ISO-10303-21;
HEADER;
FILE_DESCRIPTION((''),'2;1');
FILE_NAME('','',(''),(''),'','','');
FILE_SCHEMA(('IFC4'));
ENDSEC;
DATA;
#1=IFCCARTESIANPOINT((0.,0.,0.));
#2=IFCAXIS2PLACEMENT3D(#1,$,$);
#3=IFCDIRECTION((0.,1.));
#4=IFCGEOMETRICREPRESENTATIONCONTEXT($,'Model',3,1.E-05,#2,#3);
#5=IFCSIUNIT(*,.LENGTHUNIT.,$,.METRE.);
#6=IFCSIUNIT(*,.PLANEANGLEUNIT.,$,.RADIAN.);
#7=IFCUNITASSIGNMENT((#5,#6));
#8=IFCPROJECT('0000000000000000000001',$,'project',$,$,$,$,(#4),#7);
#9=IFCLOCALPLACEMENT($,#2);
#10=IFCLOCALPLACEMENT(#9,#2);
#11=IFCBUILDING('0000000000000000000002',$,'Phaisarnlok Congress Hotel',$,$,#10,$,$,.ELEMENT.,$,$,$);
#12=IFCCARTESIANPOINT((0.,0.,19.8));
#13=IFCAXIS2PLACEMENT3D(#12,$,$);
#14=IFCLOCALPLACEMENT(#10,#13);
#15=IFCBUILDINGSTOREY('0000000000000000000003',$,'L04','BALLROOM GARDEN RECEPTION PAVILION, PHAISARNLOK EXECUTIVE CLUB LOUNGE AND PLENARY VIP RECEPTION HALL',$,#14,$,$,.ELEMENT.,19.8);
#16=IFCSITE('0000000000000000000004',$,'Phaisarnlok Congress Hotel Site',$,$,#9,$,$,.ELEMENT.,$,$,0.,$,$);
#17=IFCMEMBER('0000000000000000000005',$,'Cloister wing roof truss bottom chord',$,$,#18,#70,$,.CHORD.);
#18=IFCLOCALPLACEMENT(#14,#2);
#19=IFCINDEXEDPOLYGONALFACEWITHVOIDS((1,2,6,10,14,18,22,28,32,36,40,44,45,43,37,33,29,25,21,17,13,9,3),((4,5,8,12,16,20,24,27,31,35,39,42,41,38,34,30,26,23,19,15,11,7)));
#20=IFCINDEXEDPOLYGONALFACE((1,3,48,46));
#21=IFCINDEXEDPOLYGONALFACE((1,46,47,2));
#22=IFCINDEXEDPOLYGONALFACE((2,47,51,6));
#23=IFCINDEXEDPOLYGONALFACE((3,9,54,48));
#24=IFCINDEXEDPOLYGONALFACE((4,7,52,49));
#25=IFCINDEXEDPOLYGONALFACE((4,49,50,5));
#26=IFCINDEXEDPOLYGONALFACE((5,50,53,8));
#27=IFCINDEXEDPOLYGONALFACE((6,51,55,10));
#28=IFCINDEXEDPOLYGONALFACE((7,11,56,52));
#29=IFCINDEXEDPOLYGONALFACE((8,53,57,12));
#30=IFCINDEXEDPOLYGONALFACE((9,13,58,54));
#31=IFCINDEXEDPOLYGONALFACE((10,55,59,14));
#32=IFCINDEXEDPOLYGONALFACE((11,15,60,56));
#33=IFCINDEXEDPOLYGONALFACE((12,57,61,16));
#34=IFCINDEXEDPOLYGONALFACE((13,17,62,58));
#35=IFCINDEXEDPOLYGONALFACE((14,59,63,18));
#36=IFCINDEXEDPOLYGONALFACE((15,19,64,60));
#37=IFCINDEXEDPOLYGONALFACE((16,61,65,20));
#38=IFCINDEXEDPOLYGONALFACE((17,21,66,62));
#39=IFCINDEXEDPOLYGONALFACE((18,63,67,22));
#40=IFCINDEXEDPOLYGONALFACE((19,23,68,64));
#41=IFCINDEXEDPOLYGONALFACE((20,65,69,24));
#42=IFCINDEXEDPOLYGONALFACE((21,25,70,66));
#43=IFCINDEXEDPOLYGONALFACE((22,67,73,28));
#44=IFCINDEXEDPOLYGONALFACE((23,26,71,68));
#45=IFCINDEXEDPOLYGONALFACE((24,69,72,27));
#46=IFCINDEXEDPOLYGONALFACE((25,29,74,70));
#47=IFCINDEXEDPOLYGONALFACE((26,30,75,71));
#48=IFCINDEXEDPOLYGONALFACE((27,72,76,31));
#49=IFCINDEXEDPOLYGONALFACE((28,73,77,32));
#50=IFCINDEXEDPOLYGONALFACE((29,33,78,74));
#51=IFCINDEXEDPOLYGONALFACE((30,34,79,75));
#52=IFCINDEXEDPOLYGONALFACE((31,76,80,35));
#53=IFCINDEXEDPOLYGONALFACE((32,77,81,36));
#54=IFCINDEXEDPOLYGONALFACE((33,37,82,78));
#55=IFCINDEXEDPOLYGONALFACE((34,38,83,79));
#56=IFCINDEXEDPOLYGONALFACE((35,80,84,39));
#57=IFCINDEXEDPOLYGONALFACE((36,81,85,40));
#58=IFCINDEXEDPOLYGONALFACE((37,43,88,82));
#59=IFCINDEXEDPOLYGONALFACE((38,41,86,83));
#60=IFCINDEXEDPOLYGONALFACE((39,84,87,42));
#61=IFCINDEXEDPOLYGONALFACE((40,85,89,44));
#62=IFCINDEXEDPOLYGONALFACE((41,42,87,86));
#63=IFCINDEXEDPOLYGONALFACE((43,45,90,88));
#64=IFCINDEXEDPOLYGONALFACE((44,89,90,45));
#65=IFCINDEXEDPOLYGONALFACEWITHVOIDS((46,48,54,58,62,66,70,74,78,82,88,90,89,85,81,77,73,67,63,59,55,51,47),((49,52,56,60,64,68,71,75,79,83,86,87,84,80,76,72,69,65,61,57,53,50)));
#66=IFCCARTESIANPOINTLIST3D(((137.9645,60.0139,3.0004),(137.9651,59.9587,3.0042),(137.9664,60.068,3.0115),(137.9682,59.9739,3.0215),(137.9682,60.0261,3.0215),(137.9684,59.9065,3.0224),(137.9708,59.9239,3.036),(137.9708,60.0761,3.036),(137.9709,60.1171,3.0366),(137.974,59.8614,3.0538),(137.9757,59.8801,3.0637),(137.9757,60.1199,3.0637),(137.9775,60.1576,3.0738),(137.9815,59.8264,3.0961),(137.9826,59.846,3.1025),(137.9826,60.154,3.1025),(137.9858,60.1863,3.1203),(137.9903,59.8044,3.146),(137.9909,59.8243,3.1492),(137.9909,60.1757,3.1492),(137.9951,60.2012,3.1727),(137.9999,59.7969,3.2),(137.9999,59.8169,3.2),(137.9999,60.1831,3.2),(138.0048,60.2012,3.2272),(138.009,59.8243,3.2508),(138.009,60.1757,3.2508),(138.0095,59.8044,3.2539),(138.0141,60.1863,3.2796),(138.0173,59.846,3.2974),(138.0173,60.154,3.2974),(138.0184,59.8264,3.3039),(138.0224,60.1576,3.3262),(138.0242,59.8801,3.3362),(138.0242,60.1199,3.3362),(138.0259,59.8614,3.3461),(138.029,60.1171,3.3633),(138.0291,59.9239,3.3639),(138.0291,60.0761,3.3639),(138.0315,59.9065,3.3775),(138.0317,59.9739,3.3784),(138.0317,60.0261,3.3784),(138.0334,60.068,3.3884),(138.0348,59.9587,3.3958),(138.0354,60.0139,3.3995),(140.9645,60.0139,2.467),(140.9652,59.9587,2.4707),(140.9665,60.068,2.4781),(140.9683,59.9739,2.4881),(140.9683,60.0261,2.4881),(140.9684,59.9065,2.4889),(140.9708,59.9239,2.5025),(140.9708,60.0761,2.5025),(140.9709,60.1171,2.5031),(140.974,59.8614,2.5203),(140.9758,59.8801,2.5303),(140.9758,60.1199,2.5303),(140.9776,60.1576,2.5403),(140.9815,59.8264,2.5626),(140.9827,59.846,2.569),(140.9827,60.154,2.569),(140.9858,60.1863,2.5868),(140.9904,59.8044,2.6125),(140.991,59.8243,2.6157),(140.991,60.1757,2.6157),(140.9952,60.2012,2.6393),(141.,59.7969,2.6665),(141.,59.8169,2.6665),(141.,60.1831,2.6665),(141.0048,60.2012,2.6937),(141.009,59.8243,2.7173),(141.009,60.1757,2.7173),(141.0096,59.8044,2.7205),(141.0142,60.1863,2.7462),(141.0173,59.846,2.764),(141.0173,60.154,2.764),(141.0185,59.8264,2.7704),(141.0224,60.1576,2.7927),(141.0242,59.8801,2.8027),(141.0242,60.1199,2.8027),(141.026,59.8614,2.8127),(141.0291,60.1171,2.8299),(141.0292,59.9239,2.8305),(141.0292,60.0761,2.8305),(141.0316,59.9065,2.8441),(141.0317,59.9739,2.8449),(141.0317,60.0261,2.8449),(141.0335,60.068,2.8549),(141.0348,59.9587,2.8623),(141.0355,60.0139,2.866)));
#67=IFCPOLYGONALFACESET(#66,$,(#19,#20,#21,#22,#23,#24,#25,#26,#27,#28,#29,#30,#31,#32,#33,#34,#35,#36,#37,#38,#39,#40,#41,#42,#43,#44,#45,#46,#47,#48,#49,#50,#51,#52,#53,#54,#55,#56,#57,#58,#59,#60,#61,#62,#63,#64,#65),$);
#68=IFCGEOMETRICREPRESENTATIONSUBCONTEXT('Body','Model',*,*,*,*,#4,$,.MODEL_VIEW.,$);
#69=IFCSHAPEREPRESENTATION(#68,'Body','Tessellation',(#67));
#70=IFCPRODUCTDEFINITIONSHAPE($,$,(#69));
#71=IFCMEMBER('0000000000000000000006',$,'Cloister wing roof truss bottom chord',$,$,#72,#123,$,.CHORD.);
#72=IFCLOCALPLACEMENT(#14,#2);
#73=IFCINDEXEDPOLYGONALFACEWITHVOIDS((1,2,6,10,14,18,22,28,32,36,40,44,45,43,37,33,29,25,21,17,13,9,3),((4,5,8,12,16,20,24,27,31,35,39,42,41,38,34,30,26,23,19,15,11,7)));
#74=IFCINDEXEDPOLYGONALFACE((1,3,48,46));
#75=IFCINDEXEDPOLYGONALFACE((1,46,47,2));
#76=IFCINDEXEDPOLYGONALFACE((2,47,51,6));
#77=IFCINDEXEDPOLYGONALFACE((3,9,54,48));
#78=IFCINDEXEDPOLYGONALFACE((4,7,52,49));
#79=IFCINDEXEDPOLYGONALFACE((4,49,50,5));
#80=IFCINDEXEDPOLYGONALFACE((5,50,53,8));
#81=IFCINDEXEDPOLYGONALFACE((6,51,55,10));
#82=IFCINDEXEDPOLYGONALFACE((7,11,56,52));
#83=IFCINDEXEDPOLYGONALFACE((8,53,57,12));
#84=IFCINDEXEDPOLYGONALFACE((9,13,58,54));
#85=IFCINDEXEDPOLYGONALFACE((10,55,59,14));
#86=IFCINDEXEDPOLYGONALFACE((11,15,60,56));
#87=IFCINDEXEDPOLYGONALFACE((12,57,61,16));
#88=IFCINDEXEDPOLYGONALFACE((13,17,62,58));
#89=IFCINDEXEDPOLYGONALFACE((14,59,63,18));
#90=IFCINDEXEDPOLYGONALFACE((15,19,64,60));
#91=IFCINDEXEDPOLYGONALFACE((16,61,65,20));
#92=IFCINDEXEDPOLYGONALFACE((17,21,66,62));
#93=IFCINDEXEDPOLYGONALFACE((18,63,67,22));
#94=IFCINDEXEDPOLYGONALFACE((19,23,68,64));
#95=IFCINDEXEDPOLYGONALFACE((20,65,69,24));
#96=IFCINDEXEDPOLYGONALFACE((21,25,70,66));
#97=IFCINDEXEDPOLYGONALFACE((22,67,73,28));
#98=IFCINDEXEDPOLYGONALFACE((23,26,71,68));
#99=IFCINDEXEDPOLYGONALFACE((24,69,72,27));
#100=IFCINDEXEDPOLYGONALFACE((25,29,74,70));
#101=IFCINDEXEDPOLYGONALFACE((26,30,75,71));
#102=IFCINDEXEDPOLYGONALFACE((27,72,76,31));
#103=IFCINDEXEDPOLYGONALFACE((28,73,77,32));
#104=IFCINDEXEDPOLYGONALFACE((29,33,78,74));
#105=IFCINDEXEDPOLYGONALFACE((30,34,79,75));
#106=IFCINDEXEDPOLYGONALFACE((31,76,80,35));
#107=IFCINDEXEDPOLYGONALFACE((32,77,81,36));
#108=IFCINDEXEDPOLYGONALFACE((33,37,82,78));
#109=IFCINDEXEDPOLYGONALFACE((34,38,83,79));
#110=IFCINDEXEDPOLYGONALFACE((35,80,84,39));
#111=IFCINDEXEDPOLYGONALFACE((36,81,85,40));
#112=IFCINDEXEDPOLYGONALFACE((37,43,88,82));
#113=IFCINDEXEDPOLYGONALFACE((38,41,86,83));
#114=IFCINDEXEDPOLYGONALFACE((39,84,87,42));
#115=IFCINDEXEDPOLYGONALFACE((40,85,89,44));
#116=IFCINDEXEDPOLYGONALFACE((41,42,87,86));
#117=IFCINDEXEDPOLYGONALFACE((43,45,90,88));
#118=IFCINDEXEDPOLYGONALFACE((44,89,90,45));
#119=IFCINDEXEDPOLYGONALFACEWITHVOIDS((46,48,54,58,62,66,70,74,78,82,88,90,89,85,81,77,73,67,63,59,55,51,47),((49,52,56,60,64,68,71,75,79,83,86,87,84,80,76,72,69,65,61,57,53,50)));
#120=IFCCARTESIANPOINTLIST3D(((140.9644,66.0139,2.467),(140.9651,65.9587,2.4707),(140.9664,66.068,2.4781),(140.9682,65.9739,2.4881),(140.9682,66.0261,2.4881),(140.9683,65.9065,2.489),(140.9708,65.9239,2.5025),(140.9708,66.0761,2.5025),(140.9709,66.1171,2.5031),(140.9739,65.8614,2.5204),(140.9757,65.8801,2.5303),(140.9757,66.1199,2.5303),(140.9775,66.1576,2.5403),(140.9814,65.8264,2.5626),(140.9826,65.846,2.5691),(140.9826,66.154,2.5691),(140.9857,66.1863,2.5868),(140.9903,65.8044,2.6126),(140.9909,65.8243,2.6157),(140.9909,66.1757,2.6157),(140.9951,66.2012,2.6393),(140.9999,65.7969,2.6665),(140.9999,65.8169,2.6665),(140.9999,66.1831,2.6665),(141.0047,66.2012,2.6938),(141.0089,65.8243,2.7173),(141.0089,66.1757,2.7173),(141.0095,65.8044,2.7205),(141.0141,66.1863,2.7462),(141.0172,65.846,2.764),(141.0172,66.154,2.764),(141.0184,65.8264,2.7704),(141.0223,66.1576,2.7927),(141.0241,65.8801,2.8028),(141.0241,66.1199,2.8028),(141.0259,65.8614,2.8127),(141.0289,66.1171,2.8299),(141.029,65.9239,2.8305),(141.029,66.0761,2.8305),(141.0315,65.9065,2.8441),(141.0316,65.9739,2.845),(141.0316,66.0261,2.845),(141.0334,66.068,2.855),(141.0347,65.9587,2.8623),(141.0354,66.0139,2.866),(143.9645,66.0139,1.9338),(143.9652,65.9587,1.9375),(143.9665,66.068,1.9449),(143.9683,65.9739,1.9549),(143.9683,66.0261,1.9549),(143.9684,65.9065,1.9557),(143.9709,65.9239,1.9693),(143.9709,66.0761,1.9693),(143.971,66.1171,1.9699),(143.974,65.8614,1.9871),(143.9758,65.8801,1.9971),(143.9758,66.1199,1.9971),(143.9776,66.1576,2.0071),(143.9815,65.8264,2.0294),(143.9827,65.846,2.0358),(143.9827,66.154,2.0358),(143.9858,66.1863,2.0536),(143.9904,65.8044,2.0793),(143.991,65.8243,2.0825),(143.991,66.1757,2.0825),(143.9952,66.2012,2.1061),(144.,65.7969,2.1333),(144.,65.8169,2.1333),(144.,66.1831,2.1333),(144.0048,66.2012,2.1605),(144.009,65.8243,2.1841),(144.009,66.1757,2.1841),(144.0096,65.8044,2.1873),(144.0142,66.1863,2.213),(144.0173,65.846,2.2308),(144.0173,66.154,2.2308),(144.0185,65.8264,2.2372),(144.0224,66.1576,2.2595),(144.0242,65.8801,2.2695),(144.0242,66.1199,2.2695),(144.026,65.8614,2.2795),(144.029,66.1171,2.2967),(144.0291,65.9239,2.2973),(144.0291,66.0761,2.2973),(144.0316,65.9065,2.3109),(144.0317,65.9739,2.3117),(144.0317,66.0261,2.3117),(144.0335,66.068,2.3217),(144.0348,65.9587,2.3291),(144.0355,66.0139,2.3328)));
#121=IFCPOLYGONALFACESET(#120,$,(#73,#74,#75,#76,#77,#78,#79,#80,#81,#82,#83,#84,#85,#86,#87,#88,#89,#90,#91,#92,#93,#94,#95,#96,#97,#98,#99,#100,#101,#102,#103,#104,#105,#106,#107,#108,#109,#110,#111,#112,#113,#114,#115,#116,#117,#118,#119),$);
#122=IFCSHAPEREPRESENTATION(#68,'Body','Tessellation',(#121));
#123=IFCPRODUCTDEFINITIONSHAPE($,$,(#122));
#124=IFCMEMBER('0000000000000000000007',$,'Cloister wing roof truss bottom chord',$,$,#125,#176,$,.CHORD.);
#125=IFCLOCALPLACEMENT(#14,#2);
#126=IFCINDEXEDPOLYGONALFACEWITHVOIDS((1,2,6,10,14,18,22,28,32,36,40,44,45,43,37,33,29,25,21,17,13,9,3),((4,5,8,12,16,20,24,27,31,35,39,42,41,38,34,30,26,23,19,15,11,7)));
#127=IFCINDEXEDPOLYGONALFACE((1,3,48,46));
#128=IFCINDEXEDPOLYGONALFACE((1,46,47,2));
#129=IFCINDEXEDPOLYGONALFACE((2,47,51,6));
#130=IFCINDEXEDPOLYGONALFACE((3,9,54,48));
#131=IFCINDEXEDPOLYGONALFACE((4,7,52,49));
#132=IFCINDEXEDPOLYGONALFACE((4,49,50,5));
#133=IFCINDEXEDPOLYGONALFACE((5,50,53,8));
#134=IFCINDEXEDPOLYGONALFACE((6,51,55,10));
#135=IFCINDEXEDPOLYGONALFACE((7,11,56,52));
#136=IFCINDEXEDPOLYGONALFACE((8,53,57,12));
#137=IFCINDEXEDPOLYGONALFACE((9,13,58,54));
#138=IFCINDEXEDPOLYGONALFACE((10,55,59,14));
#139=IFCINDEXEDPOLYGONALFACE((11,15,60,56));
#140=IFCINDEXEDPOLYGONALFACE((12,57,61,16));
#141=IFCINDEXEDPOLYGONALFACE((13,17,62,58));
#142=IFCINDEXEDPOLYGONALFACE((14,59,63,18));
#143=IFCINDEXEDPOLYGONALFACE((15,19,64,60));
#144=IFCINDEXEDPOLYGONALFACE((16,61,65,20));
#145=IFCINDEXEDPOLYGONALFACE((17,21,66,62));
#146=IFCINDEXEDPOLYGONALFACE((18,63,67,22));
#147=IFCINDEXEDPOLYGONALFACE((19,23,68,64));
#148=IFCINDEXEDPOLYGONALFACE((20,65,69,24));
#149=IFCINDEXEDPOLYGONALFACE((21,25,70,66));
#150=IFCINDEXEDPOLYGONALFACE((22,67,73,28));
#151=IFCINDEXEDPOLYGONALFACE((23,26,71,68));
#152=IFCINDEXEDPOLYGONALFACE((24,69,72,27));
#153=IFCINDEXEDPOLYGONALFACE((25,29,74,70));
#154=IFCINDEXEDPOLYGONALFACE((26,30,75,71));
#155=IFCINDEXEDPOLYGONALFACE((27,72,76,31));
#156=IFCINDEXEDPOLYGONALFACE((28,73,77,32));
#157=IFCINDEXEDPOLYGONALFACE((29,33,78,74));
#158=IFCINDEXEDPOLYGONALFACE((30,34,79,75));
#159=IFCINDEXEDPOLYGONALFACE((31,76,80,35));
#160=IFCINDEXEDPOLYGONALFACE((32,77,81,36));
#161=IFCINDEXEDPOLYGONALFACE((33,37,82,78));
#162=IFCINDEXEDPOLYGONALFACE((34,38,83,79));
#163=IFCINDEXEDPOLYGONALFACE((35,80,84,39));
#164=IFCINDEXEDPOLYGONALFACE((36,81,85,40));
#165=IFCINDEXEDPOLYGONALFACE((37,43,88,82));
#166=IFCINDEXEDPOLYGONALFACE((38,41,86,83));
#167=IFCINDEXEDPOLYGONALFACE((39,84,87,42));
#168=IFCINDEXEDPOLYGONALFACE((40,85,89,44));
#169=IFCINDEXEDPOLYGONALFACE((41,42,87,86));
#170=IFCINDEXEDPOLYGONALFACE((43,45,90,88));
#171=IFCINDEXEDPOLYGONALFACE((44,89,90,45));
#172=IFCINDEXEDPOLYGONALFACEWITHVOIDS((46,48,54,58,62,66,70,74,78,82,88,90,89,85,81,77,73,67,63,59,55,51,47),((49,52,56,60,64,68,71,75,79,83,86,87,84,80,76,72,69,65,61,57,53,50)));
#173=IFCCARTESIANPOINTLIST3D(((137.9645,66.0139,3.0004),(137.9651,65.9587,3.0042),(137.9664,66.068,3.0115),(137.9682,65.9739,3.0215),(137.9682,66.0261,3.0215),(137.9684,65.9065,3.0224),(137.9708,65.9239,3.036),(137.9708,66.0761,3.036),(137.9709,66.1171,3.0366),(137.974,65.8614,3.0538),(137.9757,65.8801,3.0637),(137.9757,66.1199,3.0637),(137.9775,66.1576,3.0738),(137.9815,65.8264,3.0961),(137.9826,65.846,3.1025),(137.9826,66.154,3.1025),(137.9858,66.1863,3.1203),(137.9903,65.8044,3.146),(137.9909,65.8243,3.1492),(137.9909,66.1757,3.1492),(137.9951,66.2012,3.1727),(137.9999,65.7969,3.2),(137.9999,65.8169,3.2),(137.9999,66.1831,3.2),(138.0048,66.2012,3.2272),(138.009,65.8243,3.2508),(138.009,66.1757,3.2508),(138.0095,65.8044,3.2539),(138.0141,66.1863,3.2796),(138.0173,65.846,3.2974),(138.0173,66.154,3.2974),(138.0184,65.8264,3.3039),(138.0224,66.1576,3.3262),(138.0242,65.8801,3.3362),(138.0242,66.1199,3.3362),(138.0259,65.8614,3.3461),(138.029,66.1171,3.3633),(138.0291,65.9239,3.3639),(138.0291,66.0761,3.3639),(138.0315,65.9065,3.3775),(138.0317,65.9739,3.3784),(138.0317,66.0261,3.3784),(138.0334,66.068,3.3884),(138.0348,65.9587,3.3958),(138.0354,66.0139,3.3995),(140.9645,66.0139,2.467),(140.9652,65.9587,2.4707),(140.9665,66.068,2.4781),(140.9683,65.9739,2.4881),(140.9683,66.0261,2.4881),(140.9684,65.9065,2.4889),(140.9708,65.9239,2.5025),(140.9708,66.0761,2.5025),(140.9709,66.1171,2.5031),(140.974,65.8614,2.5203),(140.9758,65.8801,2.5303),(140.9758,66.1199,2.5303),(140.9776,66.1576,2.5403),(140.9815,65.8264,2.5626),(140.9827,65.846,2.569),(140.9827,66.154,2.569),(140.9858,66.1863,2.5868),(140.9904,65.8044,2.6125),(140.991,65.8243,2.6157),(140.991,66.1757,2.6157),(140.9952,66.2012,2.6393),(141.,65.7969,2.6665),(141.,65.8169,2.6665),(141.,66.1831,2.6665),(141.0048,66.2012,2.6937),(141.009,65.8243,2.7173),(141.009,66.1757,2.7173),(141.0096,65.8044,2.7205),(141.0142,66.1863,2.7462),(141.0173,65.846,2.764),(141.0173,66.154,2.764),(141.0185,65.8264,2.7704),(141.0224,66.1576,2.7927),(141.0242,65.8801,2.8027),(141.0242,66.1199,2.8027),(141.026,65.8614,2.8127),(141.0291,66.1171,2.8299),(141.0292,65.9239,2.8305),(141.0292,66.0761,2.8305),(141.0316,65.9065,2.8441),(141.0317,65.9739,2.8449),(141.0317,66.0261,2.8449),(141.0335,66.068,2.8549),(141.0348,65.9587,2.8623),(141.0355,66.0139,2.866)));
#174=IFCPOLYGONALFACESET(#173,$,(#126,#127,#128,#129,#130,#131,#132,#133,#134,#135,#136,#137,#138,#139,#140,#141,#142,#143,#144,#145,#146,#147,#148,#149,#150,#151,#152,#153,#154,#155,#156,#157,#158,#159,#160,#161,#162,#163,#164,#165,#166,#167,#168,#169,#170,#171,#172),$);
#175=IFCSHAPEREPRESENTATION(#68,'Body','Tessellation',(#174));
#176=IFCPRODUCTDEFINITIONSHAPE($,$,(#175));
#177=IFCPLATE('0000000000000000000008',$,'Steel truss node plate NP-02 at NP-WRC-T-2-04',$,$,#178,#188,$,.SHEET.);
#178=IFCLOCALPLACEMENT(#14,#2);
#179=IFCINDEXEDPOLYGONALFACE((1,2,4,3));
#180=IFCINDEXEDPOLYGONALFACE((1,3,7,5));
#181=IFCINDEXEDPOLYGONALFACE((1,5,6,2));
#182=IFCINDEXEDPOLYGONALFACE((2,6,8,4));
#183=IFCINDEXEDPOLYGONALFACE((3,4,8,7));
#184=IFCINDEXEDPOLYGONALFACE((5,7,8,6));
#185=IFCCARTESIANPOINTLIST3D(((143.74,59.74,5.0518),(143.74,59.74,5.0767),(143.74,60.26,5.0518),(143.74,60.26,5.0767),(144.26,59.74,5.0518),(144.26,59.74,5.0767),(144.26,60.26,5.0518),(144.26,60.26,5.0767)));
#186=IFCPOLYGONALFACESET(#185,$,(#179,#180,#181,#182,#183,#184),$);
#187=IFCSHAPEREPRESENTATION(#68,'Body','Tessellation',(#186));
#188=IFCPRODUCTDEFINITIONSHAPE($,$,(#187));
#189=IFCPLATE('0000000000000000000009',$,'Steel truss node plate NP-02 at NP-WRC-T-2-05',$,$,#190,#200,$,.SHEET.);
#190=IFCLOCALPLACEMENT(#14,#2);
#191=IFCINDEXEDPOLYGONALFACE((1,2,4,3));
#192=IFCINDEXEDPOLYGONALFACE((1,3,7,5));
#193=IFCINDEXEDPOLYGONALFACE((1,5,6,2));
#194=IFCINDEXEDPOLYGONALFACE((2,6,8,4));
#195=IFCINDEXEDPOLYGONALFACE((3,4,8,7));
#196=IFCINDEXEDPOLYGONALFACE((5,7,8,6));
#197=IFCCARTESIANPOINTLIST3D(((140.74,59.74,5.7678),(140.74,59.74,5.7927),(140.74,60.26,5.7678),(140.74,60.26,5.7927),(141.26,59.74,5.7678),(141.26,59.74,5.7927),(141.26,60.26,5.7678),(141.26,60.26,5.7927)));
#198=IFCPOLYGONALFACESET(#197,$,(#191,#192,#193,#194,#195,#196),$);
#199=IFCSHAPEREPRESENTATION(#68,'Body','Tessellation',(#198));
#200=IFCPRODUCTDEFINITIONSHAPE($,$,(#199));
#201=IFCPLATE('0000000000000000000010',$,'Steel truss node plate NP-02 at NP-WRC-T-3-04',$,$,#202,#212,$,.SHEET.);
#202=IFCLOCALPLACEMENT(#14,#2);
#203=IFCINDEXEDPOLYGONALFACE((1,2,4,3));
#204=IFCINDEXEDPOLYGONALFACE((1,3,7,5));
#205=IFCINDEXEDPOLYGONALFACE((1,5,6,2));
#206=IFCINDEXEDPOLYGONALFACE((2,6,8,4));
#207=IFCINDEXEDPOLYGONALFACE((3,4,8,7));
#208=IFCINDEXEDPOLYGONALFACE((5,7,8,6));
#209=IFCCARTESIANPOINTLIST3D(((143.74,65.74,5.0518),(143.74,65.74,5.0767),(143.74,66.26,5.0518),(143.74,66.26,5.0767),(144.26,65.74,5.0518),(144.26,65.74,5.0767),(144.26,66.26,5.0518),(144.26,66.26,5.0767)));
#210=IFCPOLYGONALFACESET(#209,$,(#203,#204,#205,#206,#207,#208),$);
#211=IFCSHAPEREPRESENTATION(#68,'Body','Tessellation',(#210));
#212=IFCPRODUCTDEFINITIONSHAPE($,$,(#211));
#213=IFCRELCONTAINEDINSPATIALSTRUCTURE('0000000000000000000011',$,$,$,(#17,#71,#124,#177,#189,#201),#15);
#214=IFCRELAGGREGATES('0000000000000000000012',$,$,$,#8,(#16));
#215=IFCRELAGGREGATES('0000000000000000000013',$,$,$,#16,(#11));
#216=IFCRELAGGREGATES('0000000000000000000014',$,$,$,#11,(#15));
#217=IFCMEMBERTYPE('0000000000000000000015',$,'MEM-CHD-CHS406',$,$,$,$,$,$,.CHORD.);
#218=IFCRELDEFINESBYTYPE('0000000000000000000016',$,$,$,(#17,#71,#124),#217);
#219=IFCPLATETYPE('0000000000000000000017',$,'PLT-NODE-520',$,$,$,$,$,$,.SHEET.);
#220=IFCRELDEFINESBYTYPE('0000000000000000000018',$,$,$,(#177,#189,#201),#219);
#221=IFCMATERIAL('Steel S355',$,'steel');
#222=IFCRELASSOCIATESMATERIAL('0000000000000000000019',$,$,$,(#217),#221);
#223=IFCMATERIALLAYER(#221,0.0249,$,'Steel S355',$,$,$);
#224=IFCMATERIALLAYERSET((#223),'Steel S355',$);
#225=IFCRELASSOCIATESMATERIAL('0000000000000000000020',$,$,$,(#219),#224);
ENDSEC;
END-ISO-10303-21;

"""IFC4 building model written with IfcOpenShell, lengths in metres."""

from ifc_helpers import new_model, si_unit, direction, frame, origin, origin_2d, place, context, subcontext, project, spatial, rectangle, hollow_circle, extrude, material, layer, layer_set, material_profile, profile_set, type_object, element, save


model = new_model("IFC4")

# Units and contexts
model_context = context("Model", 3, precision=1e-05, world=origin(), true_north=direction((0.0, 1.0)))
body_context = subcontext(model_context, "Body", "Model", "MODEL_VIEW")
ifc_project = project(units=[si_unit("LENGTHUNIT", "METRE"), si_unit("PLANEANGLEUNIT", "RADIAN")], contexts=[model_context])

# Site, building, storey
site_placement = place(None, origin())
site = spatial("IfcSite", under=ifc_project, at=site_placement, Name="Phaisarnlok Congress Hotel Site", CompositionType="ELEMENT", RefElevation=0.0)
building_placement = place(site_placement, origin())
building = spatial("IfcBuilding", under=site, at=building_placement, Name="Phaisarnlok Congress Hotel", CompositionType="ELEMENT")
storey_placement = place(building_placement, frame((0.0, 0.0, 19.8)))
storey = spatial("IfcBuildingStorey", under=building, at=storey_placement, Name="L04", Description="BALLROOM GARDEN RECEPTION PAVILION, PHAISARNLOK EXECUTIVE CLUB LOUNGE AND PLENARY VIP RECEPTION HALL", CompositionType="ELEMENT", Elevation=19.8)

# Shared definitions
ifc_material = material(Name="Steel S355", Category="steel")

# Members
ifc_material_profile_1 = material_profile(ifc_material, hollow_circle(Radius=0.2031, WallThickness=0.02, at=origin_2d()), Name="CHS 406.4x20")
ifc_profile_set_1 = profile_set([ifc_material_profile_1], Name="Steel S355")
member_type_1 = type_object("IfcMemberType", Name="MEM-CHD-CHS406", PredefinedType="CHORD", material=ifc_profile_set_1)
for number, where, z_axis, x_axis, name in (
    (1, (141.0, 60.0, 2.6665), (-0.984556, 0.0, 0.17507), (0.0, -1.0, 0.0), "Cloister wing roof truss bottom chord"),
    (2, (144.0, 66.0, 2.1333), (-0.98457, 0.0, 0.174992), (0.0, -1.0, 0.0), "Cloister wing roof truss bottom chord"),
    (3, (141.0, 66.0, 2.6665), (-0.984556, 0.0, 0.17507), (0.0, -1.0, 0.0), "Cloister wing roof truss bottom chord"),
):
    element("IfcMember", number, at=place(storey_placement, frame(where, z_axis=z_axis, x_axis=x_axis)), inside=storey, type_object=member_type_1, Name=name, PredefinedType="CHORD", context=body_context, shape_type="SweptSolid", body=[
        extrude(hollow_circle(Radius=0.2031, WallThickness=0.02, at=origin_2d()), origin(), (0.0, 0.0, 1.0), 3.0471),
    ])

# Plates
ifc_layer_1 = layer(ifc_material, 0.0249, Name="Steel S355")
ifc_layer_set_1 = layer_set([ifc_layer_1], Name="Steel S355")
plate_type_1 = type_object("IfcPlateType", Name="PLT-NODE-520", PredefinedType="SHEET", material=ifc_layer_set_1)
for number, where, z_axis, x_axis, name in (
    (4, (144.0, 60.0, 5.0518), (0.0, 0.0, 1.0), (1.0, 0.0, 0.0), "Steel truss node plate NP-02 at NP-WRC-T-2-04"),
    (5, (141.0, 60.0, 5.7678), (0.0, 0.0, 1.0), (1.0, 0.0, 0.0), "Steel truss node plate NP-02 at NP-WRC-T-2-05"),
    (6, (144.0, 66.0, 5.0518), (0.0, 0.0, 1.0), (1.0, 0.0, 0.0), "Steel truss node plate NP-02 at NP-WRC-T-3-04"),
):
    element("IfcPlate", number, at=place(storey_placement, frame(where, z_axis=z_axis, x_axis=x_axis)), inside=storey, type_object=plate_type_1, Name=name, PredefinedType="SHEET", context=body_context, shape_type="SweptSolid", body=[
        extrude(rectangle(XDim=0.52, YDim=0.52, at=origin_2d()), origin(), (0.0, 0.0, 1.0), 0.0249),
    ])

save(model, "model.ifc")
